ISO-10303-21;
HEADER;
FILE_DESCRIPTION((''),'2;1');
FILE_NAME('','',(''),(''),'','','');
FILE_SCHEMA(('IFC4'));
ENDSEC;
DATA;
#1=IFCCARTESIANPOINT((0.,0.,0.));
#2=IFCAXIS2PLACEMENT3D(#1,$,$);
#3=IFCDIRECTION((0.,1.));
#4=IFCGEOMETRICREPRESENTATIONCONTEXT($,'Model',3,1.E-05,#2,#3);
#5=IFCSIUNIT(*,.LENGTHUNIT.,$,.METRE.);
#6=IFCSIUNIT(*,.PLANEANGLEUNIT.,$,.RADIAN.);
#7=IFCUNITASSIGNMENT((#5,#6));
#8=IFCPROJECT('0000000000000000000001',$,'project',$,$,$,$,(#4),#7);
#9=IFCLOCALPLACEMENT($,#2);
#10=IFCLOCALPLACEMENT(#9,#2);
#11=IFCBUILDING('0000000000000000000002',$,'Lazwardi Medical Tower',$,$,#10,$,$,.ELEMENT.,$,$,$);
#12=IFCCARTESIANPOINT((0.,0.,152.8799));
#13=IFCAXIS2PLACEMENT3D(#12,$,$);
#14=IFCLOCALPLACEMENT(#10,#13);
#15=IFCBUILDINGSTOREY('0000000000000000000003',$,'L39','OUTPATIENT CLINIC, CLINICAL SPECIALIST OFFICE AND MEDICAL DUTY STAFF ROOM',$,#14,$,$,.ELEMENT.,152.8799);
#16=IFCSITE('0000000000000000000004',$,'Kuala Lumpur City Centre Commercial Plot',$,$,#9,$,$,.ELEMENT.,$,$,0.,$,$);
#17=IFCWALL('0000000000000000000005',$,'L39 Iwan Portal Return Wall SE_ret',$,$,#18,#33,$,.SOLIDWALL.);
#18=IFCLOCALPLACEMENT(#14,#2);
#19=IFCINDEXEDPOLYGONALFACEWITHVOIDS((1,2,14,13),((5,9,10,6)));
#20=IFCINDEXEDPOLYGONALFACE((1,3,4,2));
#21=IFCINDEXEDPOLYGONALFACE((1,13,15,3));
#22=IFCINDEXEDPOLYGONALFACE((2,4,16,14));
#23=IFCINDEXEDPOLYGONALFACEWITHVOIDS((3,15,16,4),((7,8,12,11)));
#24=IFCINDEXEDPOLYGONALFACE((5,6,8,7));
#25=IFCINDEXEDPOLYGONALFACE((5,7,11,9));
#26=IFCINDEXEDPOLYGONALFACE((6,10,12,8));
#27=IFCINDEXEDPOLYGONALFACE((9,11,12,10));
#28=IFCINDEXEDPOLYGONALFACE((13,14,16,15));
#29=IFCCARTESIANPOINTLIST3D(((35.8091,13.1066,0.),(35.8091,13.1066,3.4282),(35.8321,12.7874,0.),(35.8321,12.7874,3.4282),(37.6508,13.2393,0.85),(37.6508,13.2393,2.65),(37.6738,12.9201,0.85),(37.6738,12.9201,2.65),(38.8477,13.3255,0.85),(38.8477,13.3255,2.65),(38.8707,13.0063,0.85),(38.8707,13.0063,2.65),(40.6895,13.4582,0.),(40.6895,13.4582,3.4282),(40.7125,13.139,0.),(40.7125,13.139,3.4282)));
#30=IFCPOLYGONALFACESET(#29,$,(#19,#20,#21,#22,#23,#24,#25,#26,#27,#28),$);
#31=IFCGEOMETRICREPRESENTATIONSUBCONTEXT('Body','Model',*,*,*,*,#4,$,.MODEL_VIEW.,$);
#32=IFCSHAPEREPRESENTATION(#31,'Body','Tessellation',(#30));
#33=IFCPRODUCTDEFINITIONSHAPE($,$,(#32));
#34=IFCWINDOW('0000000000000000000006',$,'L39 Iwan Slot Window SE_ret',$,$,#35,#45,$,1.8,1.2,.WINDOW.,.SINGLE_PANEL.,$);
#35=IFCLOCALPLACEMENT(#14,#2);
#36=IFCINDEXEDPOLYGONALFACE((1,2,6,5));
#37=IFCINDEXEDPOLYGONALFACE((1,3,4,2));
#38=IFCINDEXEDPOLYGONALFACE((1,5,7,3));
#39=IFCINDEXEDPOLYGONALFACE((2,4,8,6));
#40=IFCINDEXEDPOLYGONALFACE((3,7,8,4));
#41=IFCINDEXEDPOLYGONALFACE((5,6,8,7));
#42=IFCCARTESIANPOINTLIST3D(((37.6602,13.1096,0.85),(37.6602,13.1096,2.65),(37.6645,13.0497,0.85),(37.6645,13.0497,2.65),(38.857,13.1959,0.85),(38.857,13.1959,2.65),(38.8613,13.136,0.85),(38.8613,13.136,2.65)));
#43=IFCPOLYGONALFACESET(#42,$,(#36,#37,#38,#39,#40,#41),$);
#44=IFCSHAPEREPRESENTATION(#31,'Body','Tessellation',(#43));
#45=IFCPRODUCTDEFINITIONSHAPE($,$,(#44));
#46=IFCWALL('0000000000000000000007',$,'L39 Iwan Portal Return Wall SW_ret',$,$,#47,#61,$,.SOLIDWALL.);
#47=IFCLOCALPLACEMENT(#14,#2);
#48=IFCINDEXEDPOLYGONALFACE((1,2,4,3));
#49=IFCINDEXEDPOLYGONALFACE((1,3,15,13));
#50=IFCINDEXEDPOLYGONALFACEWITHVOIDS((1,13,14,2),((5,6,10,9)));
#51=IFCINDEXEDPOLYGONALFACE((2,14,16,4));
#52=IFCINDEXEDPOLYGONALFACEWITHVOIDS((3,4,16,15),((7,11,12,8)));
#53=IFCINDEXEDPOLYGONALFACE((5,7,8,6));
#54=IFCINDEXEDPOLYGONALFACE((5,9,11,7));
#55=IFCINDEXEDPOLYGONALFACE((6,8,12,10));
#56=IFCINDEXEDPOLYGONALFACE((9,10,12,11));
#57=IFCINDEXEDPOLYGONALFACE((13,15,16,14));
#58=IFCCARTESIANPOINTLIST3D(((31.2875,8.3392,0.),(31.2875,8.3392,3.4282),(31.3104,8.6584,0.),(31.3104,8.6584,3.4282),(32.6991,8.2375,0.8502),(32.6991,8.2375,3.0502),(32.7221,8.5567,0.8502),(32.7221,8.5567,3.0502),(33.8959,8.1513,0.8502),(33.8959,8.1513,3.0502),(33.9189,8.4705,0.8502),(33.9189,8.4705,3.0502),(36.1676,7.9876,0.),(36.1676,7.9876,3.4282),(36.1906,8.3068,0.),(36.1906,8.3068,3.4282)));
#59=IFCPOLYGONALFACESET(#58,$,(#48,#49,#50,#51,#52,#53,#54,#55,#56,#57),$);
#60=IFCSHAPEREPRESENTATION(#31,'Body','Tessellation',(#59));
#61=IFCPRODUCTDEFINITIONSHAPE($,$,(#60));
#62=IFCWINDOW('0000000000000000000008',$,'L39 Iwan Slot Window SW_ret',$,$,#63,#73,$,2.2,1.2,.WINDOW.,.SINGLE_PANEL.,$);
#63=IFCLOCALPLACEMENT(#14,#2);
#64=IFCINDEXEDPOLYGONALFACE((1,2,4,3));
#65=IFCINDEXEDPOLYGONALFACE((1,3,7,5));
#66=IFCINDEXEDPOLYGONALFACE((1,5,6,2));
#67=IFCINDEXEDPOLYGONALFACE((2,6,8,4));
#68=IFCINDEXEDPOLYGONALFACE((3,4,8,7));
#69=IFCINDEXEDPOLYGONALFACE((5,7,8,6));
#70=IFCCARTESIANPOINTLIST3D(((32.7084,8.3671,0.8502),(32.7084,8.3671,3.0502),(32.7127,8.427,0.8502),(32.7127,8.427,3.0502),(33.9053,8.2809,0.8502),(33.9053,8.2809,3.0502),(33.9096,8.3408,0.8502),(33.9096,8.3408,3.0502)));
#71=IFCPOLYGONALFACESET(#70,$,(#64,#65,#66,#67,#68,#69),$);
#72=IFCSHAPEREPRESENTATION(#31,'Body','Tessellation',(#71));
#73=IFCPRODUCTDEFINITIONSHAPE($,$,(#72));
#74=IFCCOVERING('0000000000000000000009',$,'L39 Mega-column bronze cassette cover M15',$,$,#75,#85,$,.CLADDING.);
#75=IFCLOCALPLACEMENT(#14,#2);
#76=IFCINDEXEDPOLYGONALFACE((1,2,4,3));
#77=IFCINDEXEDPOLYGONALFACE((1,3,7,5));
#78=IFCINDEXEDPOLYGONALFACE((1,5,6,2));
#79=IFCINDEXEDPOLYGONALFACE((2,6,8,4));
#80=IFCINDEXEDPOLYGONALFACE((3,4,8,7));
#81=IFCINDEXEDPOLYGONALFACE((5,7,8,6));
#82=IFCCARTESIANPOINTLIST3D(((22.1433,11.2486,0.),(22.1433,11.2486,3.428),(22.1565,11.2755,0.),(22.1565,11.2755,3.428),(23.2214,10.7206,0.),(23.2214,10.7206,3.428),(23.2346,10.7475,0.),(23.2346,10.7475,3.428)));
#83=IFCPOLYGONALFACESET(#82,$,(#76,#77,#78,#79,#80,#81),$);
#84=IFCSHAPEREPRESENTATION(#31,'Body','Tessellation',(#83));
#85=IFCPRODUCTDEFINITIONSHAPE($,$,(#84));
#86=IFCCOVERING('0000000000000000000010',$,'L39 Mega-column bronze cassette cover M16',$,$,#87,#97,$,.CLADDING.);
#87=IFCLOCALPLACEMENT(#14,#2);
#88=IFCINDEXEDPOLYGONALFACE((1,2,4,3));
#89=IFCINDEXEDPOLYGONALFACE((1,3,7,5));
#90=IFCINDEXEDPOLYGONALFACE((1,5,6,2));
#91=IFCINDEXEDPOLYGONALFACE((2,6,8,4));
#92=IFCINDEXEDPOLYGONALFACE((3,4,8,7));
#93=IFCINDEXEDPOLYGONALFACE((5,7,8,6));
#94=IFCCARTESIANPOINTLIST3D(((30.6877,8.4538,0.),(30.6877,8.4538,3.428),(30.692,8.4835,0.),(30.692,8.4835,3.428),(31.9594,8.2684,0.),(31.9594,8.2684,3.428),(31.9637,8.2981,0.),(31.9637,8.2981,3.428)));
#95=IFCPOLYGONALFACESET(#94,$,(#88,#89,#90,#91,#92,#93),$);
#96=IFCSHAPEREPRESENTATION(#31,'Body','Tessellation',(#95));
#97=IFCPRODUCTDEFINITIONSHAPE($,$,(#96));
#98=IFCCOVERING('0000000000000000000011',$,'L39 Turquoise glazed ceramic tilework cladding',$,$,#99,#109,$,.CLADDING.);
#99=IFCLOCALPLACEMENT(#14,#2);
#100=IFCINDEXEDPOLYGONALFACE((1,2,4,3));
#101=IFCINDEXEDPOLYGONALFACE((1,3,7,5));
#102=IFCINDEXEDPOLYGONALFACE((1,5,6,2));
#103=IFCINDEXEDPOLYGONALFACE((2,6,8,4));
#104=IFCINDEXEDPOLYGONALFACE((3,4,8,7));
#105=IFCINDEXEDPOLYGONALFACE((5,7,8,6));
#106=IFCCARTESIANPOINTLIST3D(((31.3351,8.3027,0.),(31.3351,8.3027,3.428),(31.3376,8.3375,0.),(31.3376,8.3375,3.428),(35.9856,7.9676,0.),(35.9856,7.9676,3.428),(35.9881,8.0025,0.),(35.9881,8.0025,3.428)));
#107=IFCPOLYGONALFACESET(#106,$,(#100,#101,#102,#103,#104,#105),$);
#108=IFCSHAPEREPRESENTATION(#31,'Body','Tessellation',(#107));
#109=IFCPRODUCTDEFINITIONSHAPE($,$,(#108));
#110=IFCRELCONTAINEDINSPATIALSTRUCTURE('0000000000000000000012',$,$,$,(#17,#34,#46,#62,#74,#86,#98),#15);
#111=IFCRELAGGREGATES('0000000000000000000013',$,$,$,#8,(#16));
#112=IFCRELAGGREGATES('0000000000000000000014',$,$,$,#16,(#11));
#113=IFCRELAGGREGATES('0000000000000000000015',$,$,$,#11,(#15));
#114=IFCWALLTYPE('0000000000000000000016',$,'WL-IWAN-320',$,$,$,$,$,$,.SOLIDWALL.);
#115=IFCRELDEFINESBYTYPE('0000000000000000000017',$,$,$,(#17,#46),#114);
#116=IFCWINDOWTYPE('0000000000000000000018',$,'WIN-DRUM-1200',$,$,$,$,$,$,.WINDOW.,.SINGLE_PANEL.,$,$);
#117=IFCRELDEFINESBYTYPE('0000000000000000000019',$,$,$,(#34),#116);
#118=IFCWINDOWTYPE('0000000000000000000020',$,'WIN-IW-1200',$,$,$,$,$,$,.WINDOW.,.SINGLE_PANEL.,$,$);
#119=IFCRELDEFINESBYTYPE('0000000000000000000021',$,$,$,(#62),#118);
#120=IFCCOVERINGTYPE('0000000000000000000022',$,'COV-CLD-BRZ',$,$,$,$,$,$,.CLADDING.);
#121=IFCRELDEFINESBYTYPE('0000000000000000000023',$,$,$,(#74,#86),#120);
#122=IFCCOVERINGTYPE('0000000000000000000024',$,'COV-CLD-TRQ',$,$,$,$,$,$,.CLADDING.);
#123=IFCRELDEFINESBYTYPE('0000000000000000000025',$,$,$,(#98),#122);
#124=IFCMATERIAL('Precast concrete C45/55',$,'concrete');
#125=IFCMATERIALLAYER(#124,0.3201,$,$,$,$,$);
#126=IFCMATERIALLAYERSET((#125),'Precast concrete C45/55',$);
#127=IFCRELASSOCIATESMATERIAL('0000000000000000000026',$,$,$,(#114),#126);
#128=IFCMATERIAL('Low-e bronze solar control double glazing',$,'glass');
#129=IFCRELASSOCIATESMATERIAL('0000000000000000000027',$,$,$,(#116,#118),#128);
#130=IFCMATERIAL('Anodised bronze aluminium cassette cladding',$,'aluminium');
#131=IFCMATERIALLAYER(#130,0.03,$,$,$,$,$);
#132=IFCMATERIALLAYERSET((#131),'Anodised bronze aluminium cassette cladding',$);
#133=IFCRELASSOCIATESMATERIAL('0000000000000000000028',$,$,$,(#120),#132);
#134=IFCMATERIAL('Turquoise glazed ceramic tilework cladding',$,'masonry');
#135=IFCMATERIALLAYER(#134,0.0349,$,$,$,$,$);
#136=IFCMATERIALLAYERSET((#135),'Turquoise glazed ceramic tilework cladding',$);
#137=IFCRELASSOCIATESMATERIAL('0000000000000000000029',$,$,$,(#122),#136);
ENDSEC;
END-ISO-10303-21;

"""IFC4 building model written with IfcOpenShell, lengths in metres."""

from ifc_helpers import new_model, si_unit, direction, frame, frame_2d, origin, origin_2d, place, context, subcontext, project, spatial, rectangle, extrude, material, layer, layer_set, type_object, element, fill, save


model = new_model("IFC4")

# Units and contexts
model_context = context("Model", 3, precision=1e-05, world=origin(), true_north=direction((0.0, 1.0)))
body_context = subcontext(model_context, "Body", "Model", "MODEL_VIEW")
ifc_project = project(units=[si_unit("LENGTHUNIT", "METRE"), si_unit("PLANEANGLEUNIT", "RADIAN")], contexts=[model_context])

# Site, building, storey
site_placement = place(None, origin())
site = spatial("IfcSite", under=ifc_project, at=site_placement, Name="Kuala Lumpur City Centre Commercial Plot", CompositionType="ELEMENT", RefElevation=0.0)
building_placement = place(site_placement, origin())
building = spatial("IfcBuilding", under=site, at=building_placement, Name="Lazwardi Medical Tower", CompositionType="ELEMENT")
storey_placement = place(building_placement, frame((0.0, 0.0, 152.8799)))
storey = spatial("IfcBuildingStorey", under=building, at=storey_placement, Name="L39", Description="OUTPATIENT CLINIC, CLINICAL SPECIALIST OFFICE AND MEDICAL DUTY STAFF ROOM", CompositionType="ELEMENT", Elevation=152.8799)

# Shared definitions
ifc_material_1 = material(Name="Low-e bronze solar control double glazing", Category="glass")

# Walls, openings, windows
ifc_material_2 = material(Name="Precast concrete C45/55", Category="concrete")
ifc_layer_1 = layer(ifc_material_2, 0.3201)
ifc_layer_set_1 = layer_set([ifc_layer_1], Name="Precast concrete C45/55")
wall_type = type_object("IfcWallType", Name="WL-IWAN-320", PredefinedType="SOLIDWALL", material=ifc_layer_set_1)
wall_1_placement = place(storey_placement, frame((35.8206, 12.947, 0.0), z_axis=(0.0, 0.0, 1.0), x_axis=(0.997415, 0.07185, 0.0)))
wall_1 = element("IfcWall", 1, at=wall_1_placement, inside=storey, type_object=wall_type, Name="L39 Iwan Portal Return Wall SE_ret", PredefinedType="SOLIDWALL", context=body_context, shape_type="SweptSolid", body=[
    extrude(rectangle(XDim=4.8931, YDim=0.3201, at=frame_2d((2.4465, 0.0))), origin(), (0.0, 0.0, 1.0), 3.4282),
])
opening_1_placement = place(wall_1_placement, frame((1.8464, 0.0, 0.8501)))
opening_1 = element("IfcOpeningElement", 2, at=opening_1_placement, cuts=wall_1, PredefinedType="OPENING", context=body_context, shape_type="SweptSolid", body=[
    extrude(rectangle(XDim=1.2, YDim=1.8, at=frame_2d((0.6001, 0.8999))), frame((0.0, 0.1699, 0.0), z_axis=(0.0, -1.0, 0.0), x_axis=(1.0, 0.0, 0.0)), (0.0, 0.0, 1.0), 0.3401),
])
window_type_1 = type_object("IfcWindowType", Name="WIN-DRUM-1200", PartitioningType="SINGLE_PANEL", PredefinedType="WINDOW", material=ifc_material_1)
window_1_placement = place(opening_1_placement, origin())
window_1 = element("IfcWindow", 3, at=window_1_placement, inside=storey, type_object=window_type_1, Name="L39 Iwan Slot Window SE_ret", OverallHeight=1.8, OverallWidth=1.2, PartitioningType="SINGLE_PANEL", PredefinedType="WINDOW", context=body_context, shape_type="SweptSolid", body=[
    extrude(rectangle(XDim=1.2, YDim=1.8, at=frame_2d((0.6001, 0.8999))), frame((0.0, 0.03, 0.0), z_axis=(0.0, -1.0, 0.0), x_axis=(1.0, 0.0, 0.0)), (0.0, 0.0, 1.0), 0.0601),
])
fill(opening_1, window_1)
wall_2_placement = place(storey_placement, frame((31.2991, 8.4988, 0.0), z_axis=(0.0, 0.0, 1.0), x_axis=(0.997415, -0.071853, 0.0)))
wall_2 = element("IfcWall", 4, at=wall_2_placement, inside=storey, type_object=wall_type, Name="L39 Iwan Portal Return Wall SW_ret", PredefinedType="SOLIDWALL", context=body_context, shape_type="SweptSolid", body=[
    extrude(rectangle(XDim=4.8928, YDim=0.3201, at=frame_2d((2.4463, 0.0))), origin(), (0.0, 0.0, 1.0), 3.4282),
])
opening_2_placement = place(wall_2_placement, frame((1.415, 0.0, 0.8501)))
opening_2 = element("IfcOpeningElement", 5, at=opening_2_placement, cuts=wall_2, PredefinedType="OPENING", context=body_context, shape_type="SweptSolid", body=[
    extrude(rectangle(XDim=1.2, YDim=2.2, at=frame_2d((0.6001, 1.1001))), frame((0.0, 0.1699, 0.0), z_axis=(0.0, -1.0, 0.0), x_axis=(1.0, 0.0, 0.0)), (0.0, 0.0, 1.0), 0.3401),
])
window_type_2 = type_object("IfcWindowType", Name="WIN-IW-1200", PartitioningType="SINGLE_PANEL", PredefinedType="WINDOW", material=ifc_material_1)
window_2_placement = place(opening_2_placement, origin())
window_2 = element("IfcWindow", 6, at=window_2_placement, inside=storey, type_object=window_type_2, Name="L39 Iwan Slot Window SW_ret", OverallHeight=2.2, OverallWidth=1.2, PartitioningType="SINGLE_PANEL", PredefinedType="WINDOW", context=body_context, shape_type="SweptSolid", body=[
    extrude(rectangle(XDim=1.2, YDim=2.2, at=frame_2d((0.6001, 1.1001))), frame((0.0, 0.03, 0.0), z_axis=(0.0, -1.0, 0.0), x_axis=(1.0, 0.0, 0.0)), (0.0, 0.0, 1.0), 0.0601),
])
fill(opening_2, window_2)

# Coverings
ifc_material_3 = material(Name="Anodised bronze aluminium cassette cladding", Category="aluminium")
ifc_layer_2 = layer(ifc_material_3, 0.03)
ifc_layer_set_2 = layer_set([ifc_layer_2], Name="Anodised bronze aluminium cassette cladding")
covering_type_1 = type_object("IfcCoveringType", Name="COV-CLD-BRZ", PredefinedType="CLADDING", material=ifc_layer_set_2)
covering_1_placement = place(storey_placement, frame((22.689, 10.998, 0.0), z_axis=(0.0, 0.0, 1.0), x_axis=(0.898079, -0.439834, 0.0)))
element("IfcCovering", 7, at=covering_1_placement, inside=storey, type_object=covering_type_1, Name="L39 Mega-column bronze cassette cover M15", PredefinedType="CLADDING", context=body_context, shape_type="SweptSolid", body=[
    extrude(rectangle(XDim=1.2004, YDim=0.03, at=origin_2d()), origin(), (0.0, 0.0, 1.0), 3.428),
])
covering_2_placement = place(storey_placement, frame((31.3257, 8.376, 0.0), z_axis=(0.0, 0.0, 1.0), x_axis=(0.989539, -0.144265, 0.0)))
element("IfcCovering", 8, at=covering_2_placement, inside=storey, type_object=covering_type_1, Name="L39 Mega-column bronze cassette cover M16", PredefinedType="CLADDING", context=body_context, shape_type="SweptSolid", body=[
    extrude(rectangle(XDim=1.2852, YDim=0.03, at=origin_2d()), origin(), (0.0, 0.0, 1.0), 3.428),
])
ifc_material_4 = material(Name="Turquoise glazed ceramic tilework cladding", Category="masonry")
ifc_layer_3 = layer(ifc_material_4, 0.0349)
ifc_layer_set_3 = layer_set([ifc_layer_3], Name="Turquoise glazed ceramic tilework cladding")
covering_type_2 = type_object("IfcCoveringType", Name="COV-CLD-TRQ", PredefinedType="CLADDING", material=ifc_layer_set_3)
covering_3_placement = place(storey_placement, frame((33.6616, 8.1526, 0.0), z_axis=(0.0, 0.0, 1.0), x_axis=(0.997414, -0.071868, 0.0)))
element("IfcCovering", 9, at=covering_3_placement, inside=storey, type_object=covering_type_2, Name="L39 Turquoise glazed ceramic tilework cladding", PredefinedType="CLADDING", context=body_context, shape_type="SweptSolid", body=[
    extrude(rectangle(XDim=4.6626, YDim=0.0349, at=origin_2d()), origin(), (0.0, 0.0, 1.0), 3.428),
])

save(model, "model.ifc")
